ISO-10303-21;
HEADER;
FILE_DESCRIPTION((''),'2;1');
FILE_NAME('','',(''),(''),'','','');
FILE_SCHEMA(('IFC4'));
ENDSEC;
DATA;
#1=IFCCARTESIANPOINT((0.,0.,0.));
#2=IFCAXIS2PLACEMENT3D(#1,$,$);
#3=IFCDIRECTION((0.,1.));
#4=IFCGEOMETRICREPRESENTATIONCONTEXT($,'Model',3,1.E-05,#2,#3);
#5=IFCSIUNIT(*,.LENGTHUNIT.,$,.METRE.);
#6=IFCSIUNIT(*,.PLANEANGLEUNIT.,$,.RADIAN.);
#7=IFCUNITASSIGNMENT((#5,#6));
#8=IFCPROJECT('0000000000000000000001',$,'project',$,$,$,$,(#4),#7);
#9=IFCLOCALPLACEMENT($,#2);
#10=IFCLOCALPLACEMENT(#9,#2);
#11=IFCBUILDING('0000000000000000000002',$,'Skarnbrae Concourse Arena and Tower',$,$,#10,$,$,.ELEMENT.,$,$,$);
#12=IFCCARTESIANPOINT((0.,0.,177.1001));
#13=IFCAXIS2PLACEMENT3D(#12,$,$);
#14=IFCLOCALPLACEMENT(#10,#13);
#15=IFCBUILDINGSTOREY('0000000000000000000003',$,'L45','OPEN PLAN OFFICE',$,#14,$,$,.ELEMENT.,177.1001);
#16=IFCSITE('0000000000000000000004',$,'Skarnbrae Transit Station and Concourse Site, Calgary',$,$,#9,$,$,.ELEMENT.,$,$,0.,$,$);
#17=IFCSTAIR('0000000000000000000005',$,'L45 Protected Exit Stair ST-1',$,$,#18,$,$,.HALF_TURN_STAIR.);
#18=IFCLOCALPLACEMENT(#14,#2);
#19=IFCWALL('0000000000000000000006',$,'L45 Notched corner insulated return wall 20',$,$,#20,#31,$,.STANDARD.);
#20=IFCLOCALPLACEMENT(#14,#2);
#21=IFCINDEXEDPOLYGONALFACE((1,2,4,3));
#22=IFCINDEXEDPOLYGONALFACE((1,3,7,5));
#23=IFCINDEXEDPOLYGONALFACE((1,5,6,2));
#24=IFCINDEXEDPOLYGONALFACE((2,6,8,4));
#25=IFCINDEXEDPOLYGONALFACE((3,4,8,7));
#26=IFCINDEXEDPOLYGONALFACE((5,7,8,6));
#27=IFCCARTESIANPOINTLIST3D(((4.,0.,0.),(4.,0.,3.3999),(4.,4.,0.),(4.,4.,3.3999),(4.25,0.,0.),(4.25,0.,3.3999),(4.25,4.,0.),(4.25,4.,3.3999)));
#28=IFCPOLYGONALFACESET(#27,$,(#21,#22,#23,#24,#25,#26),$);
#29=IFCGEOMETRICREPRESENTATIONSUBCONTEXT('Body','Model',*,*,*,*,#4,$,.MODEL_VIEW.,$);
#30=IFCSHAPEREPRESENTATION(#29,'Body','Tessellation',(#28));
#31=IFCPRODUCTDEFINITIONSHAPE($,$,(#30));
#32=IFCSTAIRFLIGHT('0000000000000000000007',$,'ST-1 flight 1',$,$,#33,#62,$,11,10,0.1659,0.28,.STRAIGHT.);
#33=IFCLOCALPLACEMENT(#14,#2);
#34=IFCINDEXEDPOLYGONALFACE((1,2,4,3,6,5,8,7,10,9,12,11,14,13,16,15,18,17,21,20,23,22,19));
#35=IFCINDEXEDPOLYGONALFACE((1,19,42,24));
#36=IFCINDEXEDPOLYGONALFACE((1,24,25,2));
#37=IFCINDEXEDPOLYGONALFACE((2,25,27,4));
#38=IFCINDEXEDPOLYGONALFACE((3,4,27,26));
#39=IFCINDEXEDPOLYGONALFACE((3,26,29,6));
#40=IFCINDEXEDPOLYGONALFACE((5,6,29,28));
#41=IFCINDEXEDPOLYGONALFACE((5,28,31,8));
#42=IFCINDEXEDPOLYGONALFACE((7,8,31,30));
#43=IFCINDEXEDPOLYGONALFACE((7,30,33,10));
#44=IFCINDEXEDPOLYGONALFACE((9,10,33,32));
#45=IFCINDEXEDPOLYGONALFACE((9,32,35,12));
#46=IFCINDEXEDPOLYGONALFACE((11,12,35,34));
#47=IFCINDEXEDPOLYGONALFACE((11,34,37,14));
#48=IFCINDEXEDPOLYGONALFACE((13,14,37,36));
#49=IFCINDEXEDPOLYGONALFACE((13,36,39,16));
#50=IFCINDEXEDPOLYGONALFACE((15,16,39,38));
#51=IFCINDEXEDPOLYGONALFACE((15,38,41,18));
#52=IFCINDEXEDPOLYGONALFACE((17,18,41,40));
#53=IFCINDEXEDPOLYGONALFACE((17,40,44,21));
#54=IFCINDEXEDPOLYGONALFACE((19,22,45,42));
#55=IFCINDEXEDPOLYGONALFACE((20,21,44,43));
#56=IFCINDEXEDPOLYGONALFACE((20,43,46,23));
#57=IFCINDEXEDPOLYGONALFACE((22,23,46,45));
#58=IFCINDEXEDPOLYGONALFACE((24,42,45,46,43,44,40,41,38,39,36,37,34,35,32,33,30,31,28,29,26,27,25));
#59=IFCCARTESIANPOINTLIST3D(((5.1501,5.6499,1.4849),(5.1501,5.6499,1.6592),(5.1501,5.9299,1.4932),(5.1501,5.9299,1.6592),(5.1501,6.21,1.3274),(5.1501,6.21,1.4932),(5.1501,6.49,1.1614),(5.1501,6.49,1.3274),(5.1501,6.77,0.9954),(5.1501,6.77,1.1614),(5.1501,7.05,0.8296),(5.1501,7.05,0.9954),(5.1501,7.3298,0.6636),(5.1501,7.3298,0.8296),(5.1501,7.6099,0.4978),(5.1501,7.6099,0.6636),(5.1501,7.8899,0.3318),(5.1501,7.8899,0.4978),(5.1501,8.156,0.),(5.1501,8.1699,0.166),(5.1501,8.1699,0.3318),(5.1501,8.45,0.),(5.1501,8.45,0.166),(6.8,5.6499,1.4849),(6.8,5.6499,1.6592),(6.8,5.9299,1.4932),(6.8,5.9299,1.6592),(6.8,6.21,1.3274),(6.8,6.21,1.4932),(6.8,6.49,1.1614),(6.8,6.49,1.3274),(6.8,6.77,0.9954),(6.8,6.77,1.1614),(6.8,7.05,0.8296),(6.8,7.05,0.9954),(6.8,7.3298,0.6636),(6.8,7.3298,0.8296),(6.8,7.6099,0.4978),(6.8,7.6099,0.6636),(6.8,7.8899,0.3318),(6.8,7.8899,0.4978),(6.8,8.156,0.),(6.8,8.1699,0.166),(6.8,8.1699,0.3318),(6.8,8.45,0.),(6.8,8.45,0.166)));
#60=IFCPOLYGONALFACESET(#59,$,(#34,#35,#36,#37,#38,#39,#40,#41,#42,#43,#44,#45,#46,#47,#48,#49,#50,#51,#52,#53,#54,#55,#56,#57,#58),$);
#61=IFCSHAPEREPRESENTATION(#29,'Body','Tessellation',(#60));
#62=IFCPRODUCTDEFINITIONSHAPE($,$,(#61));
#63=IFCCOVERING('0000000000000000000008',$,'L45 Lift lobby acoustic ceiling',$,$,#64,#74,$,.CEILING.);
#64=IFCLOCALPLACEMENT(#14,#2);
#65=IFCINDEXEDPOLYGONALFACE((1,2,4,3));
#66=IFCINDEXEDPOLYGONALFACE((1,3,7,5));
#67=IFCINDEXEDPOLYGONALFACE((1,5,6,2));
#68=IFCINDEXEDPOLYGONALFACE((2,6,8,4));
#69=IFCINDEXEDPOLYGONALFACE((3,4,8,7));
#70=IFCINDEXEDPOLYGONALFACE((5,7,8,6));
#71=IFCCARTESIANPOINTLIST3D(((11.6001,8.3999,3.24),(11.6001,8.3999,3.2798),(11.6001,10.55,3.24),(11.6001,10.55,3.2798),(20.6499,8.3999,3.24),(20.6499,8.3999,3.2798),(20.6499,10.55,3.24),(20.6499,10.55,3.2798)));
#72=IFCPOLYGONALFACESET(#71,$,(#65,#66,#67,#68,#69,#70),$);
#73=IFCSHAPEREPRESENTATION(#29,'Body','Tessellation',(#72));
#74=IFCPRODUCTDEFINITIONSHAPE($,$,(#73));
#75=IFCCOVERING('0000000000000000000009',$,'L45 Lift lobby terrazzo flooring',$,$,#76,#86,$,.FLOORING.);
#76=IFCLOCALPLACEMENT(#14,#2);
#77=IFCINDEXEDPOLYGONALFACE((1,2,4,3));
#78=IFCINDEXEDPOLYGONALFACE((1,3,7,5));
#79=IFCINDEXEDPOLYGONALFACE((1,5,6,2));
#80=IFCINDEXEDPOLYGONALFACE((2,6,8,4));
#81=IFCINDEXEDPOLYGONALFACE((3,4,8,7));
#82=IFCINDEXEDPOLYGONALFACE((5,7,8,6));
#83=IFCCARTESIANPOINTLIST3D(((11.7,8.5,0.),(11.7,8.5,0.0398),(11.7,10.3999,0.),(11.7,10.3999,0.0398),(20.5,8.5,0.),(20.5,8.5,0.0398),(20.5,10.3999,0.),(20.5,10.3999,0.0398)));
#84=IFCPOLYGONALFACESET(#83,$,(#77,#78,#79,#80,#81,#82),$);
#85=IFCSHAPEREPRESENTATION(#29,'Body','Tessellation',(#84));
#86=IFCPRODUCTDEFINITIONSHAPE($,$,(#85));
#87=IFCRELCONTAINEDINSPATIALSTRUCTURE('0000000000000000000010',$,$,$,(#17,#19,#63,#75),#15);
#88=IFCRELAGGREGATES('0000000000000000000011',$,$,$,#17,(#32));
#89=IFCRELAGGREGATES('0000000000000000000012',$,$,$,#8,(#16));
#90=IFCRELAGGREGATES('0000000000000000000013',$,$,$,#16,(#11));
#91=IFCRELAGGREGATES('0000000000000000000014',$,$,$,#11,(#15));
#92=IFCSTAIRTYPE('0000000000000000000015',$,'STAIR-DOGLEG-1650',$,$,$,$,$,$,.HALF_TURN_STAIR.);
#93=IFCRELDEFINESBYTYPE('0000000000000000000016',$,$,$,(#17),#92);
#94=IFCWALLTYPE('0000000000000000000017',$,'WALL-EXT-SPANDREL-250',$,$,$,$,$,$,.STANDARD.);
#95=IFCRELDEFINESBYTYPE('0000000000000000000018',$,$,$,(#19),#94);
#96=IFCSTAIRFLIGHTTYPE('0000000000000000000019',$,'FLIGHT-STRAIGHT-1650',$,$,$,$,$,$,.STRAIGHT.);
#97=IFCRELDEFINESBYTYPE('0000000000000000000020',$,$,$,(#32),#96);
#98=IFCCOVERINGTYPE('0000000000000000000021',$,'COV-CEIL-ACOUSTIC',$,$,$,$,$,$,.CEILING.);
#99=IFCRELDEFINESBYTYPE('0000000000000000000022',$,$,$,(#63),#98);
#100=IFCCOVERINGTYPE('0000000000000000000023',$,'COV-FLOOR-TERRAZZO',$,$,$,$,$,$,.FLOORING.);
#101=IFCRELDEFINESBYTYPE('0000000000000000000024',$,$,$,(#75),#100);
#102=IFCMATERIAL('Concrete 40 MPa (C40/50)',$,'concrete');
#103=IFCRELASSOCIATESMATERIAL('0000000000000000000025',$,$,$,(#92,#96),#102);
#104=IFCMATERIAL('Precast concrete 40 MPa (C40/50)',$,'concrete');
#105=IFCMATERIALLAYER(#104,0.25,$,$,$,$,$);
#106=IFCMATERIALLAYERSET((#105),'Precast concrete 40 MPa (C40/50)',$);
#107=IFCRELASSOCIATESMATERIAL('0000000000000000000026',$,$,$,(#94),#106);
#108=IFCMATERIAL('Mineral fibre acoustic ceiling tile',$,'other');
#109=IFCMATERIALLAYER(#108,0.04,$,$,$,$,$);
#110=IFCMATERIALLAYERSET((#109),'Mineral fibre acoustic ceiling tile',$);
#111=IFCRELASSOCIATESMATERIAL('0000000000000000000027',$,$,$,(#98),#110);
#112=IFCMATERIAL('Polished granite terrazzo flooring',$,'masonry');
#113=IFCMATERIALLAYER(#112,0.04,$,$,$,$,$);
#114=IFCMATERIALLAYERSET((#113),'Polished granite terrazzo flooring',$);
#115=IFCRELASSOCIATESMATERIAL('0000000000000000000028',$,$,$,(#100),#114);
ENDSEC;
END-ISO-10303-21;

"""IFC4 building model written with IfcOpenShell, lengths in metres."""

from ifc_helpers import new_model, si_unit, direction, frame, frame_2d, origin, place, context, subcontext, project, spatial, polyline, rectangle, outline, extrude, source, transform, mapped, material, layer, layer_set, type_object, element, aggregate, save


model = new_model("IFC4")

# Units and contexts
model_context = context("Model", 3, precision=1e-05, world=origin(), true_north=direction((0.0, 1.0)))
body_context = subcontext(model_context, "Body", "Model", "MODEL_VIEW")
ifc_project = project(units=[si_unit("LENGTHUNIT", "METRE"), si_unit("PLANEANGLEUNIT", "RADIAN")], contexts=[model_context])

# Site, building, storey
site_placement = place(None, origin())
site = spatial("IfcSite", under=ifc_project, at=site_placement, Name="Skarnbrae Transit Station and Concourse Site, Calgary", CompositionType="ELEMENT", RefElevation=0.0)
building_placement = place(site_placement, origin())
building = spatial("IfcBuilding", under=site, at=building_placement, Name="Skarnbrae Concourse Arena and Tower", CompositionType="ELEMENT")
storey_placement = place(building_placement, frame((0.0, 0.0, 177.1001)))
storey = spatial("IfcBuildingStorey", under=building, at=storey_placement, Name="L45", Description="OPEN PLAN OFFICE", CompositionType="ELEMENT", Elevation=177.1001)

# Stair
ifc_material_1 = material(Name="Concrete 40 MPa (C40/50)", Category="concrete")
stair_type = type_object("IfcStairType", Name="STAIR-DOGLEG-1650", PredefinedType="HALF_TURN_STAIR", material=ifc_material_1)
stair_1_placement = place(storey_placement, origin())
stair_1 = element("IfcStair", 1, at=stair_1_placement, inside=storey, type_object=stair_type, Name="L45 Protected Exit Stair ST-1", PredefinedType="HALF_TURN_STAIR")

# Wall
ifc_material_2 = material(Name="Precast concrete 40 MPa (C40/50)", Category="concrete")
ifc_layer_1 = layer(ifc_material_2, 0.25)
ifc_layer_set_1 = layer_set([ifc_layer_1], Name="Precast concrete 40 MPa (C40/50)")
wall_type_1 = type_object("IfcWallType", Name="WALL-EXT-SPANDREL-250", PredefinedType="STANDARD", material=ifc_layer_set_1)
shared_shape_1 = source(origin(), body_context, "Body", "SweptSolid", [
    extrude(rectangle(XDim=4.0, YDim=0.25, at=frame_2d((2.0, 0.0))), origin(), (0.0, 0.0, 1.0), 3.3999),
])
for number, where, z_axis, x_axis, name in (
    (2, (4.125, 4.0, 0.0), (0.0, 0.0, 1.0), (0.0, -1.0, 0.0), "L45 Notched corner insulated return wall 20"),
):
    element("IfcWall", number, at=place(storey_placement, frame(where, z_axis=z_axis, x_axis=x_axis)), inside=storey, type_object=wall_type_1, Name=name, PredefinedType="STANDARD", context=body_context, shape_type="MappedRepresentation", body=[
        mapped(shared_shape_1, transform((0.0, 0.0, 0.0))),
    ])

# Stair flight
stair_flight_type = type_object("IfcStairFlightType", Name="FLIGHT-STRAIGHT-1650", PredefinedType="STRAIGHT", material=ifc_material_1)
shared_shape_2 = source(origin(), body_context, "Body", "SweptSolid", [
    extrude(outline(polyline([(0.0, 0.0), (0.0, 0.166), (0.28, 0.166), (0.28, 0.3318), (0.5601, 0.3318), (0.5601, 0.4978), (0.8401, 0.4978), (0.8401, 0.6636), (1.1201, 0.6636), (1.1201, 0.8296), (1.3999, 0.8296), (1.3999, 0.9954), (1.6799, 0.9954), (1.6799, 1.1614), (1.96, 1.1614), (1.96, 1.3274), (2.24, 1.3274), (2.24, 1.4932), (2.52, 1.4932), (2.52, 1.6592), (2.8, 1.6592), (2.8, 1.825), (2.8, 1.4849), (0.2939, 0.0), (0.0, 0.0)])), frame((0.0, 0.825, 0.0), z_axis=(0.0, -1.0, 0.0), x_axis=(1.0, 0.0, 0.0)), (0.0, 0.0, 1.0), 1.6499),
])
stair_flight_placement = place(storey_placement, frame((5.9751, 8.45, 0.0), z_axis=(0.0, 0.0, 1.0), x_axis=(0.0, -1.0, 0.0)))
stair_flight = element("IfcStairFlight", 3, at=stair_flight_placement, type_object=stair_flight_type, Name="ST-1 flight 1", NumberOfRisers=11, NumberOfTreads=10, PredefinedType="STRAIGHT", RiserHeight=0.1659, TreadLength=0.28, context=body_context, shape_type="MappedRepresentation", body=[
    mapped(shared_shape_2, transform((0.0, 0.0, 0.0))),
])
aggregate(stair_1, [stair_flight])

# Coverings
ifc_material_3 = material(Name="Mineral fibre acoustic ceiling tile", Category="other")
ifc_layer_2 = layer(ifc_material_3, 0.04)
ifc_layer_set_2 = layer_set([ifc_layer_2], Name="Mineral fibre acoustic ceiling tile")
covering_type_1 = type_object("IfcCoveringType", Name="COV-CEIL-ACOUSTIC", PredefinedType="CEILING", material=ifc_layer_set_2)
covering_1_placement = place(storey_placement, frame((0.0, 0.0, 3.24)))
element("IfcCovering", 4, at=covering_1_placement, inside=storey, type_object=covering_type_1, Name="L45 Lift lobby acoustic ceiling", PredefinedType="CEILING", context=body_context, shape_type="SweptSolid", body=[
    extrude(outline(polyline([(11.6001, 8.3999), (20.6499, 8.3999), (20.6499, 10.55), (11.6001, 10.55), (11.6001, 8.3999)])), origin(), (0.0, 0.0, 1.0), 0.0398),
])
ifc_material_4 = material(Name="Polished granite terrazzo flooring", Category="masonry")
ifc_layer_3 = layer(ifc_material_4, 0.04)
ifc_layer_set_3 = layer_set([ifc_layer_3], Name="Polished granite terrazzo flooring")
covering_type_2 = type_object("IfcCoveringType", Name="COV-FLOOR-TERRAZZO", PredefinedType="FLOORING", material=ifc_layer_set_3)
covering_2_placement = place(storey_placement, origin())
element("IfcCovering", 5, at=covering_2_placement, inside=storey, type_object=covering_type_2, Name="L45 Lift lobby terrazzo flooring", PredefinedType="FLOORING", context=body_context, shape_type="SweptSolid", body=[
    extrude(outline(polyline([(11.7, 8.5), (20.5, 8.5), (20.5, 10.3999), (11.7, 10.3999), (11.7, 8.5)])), origin(), (0.0, 0.0, 1.0), 0.0398),
])

save(model, "model.ifc")
